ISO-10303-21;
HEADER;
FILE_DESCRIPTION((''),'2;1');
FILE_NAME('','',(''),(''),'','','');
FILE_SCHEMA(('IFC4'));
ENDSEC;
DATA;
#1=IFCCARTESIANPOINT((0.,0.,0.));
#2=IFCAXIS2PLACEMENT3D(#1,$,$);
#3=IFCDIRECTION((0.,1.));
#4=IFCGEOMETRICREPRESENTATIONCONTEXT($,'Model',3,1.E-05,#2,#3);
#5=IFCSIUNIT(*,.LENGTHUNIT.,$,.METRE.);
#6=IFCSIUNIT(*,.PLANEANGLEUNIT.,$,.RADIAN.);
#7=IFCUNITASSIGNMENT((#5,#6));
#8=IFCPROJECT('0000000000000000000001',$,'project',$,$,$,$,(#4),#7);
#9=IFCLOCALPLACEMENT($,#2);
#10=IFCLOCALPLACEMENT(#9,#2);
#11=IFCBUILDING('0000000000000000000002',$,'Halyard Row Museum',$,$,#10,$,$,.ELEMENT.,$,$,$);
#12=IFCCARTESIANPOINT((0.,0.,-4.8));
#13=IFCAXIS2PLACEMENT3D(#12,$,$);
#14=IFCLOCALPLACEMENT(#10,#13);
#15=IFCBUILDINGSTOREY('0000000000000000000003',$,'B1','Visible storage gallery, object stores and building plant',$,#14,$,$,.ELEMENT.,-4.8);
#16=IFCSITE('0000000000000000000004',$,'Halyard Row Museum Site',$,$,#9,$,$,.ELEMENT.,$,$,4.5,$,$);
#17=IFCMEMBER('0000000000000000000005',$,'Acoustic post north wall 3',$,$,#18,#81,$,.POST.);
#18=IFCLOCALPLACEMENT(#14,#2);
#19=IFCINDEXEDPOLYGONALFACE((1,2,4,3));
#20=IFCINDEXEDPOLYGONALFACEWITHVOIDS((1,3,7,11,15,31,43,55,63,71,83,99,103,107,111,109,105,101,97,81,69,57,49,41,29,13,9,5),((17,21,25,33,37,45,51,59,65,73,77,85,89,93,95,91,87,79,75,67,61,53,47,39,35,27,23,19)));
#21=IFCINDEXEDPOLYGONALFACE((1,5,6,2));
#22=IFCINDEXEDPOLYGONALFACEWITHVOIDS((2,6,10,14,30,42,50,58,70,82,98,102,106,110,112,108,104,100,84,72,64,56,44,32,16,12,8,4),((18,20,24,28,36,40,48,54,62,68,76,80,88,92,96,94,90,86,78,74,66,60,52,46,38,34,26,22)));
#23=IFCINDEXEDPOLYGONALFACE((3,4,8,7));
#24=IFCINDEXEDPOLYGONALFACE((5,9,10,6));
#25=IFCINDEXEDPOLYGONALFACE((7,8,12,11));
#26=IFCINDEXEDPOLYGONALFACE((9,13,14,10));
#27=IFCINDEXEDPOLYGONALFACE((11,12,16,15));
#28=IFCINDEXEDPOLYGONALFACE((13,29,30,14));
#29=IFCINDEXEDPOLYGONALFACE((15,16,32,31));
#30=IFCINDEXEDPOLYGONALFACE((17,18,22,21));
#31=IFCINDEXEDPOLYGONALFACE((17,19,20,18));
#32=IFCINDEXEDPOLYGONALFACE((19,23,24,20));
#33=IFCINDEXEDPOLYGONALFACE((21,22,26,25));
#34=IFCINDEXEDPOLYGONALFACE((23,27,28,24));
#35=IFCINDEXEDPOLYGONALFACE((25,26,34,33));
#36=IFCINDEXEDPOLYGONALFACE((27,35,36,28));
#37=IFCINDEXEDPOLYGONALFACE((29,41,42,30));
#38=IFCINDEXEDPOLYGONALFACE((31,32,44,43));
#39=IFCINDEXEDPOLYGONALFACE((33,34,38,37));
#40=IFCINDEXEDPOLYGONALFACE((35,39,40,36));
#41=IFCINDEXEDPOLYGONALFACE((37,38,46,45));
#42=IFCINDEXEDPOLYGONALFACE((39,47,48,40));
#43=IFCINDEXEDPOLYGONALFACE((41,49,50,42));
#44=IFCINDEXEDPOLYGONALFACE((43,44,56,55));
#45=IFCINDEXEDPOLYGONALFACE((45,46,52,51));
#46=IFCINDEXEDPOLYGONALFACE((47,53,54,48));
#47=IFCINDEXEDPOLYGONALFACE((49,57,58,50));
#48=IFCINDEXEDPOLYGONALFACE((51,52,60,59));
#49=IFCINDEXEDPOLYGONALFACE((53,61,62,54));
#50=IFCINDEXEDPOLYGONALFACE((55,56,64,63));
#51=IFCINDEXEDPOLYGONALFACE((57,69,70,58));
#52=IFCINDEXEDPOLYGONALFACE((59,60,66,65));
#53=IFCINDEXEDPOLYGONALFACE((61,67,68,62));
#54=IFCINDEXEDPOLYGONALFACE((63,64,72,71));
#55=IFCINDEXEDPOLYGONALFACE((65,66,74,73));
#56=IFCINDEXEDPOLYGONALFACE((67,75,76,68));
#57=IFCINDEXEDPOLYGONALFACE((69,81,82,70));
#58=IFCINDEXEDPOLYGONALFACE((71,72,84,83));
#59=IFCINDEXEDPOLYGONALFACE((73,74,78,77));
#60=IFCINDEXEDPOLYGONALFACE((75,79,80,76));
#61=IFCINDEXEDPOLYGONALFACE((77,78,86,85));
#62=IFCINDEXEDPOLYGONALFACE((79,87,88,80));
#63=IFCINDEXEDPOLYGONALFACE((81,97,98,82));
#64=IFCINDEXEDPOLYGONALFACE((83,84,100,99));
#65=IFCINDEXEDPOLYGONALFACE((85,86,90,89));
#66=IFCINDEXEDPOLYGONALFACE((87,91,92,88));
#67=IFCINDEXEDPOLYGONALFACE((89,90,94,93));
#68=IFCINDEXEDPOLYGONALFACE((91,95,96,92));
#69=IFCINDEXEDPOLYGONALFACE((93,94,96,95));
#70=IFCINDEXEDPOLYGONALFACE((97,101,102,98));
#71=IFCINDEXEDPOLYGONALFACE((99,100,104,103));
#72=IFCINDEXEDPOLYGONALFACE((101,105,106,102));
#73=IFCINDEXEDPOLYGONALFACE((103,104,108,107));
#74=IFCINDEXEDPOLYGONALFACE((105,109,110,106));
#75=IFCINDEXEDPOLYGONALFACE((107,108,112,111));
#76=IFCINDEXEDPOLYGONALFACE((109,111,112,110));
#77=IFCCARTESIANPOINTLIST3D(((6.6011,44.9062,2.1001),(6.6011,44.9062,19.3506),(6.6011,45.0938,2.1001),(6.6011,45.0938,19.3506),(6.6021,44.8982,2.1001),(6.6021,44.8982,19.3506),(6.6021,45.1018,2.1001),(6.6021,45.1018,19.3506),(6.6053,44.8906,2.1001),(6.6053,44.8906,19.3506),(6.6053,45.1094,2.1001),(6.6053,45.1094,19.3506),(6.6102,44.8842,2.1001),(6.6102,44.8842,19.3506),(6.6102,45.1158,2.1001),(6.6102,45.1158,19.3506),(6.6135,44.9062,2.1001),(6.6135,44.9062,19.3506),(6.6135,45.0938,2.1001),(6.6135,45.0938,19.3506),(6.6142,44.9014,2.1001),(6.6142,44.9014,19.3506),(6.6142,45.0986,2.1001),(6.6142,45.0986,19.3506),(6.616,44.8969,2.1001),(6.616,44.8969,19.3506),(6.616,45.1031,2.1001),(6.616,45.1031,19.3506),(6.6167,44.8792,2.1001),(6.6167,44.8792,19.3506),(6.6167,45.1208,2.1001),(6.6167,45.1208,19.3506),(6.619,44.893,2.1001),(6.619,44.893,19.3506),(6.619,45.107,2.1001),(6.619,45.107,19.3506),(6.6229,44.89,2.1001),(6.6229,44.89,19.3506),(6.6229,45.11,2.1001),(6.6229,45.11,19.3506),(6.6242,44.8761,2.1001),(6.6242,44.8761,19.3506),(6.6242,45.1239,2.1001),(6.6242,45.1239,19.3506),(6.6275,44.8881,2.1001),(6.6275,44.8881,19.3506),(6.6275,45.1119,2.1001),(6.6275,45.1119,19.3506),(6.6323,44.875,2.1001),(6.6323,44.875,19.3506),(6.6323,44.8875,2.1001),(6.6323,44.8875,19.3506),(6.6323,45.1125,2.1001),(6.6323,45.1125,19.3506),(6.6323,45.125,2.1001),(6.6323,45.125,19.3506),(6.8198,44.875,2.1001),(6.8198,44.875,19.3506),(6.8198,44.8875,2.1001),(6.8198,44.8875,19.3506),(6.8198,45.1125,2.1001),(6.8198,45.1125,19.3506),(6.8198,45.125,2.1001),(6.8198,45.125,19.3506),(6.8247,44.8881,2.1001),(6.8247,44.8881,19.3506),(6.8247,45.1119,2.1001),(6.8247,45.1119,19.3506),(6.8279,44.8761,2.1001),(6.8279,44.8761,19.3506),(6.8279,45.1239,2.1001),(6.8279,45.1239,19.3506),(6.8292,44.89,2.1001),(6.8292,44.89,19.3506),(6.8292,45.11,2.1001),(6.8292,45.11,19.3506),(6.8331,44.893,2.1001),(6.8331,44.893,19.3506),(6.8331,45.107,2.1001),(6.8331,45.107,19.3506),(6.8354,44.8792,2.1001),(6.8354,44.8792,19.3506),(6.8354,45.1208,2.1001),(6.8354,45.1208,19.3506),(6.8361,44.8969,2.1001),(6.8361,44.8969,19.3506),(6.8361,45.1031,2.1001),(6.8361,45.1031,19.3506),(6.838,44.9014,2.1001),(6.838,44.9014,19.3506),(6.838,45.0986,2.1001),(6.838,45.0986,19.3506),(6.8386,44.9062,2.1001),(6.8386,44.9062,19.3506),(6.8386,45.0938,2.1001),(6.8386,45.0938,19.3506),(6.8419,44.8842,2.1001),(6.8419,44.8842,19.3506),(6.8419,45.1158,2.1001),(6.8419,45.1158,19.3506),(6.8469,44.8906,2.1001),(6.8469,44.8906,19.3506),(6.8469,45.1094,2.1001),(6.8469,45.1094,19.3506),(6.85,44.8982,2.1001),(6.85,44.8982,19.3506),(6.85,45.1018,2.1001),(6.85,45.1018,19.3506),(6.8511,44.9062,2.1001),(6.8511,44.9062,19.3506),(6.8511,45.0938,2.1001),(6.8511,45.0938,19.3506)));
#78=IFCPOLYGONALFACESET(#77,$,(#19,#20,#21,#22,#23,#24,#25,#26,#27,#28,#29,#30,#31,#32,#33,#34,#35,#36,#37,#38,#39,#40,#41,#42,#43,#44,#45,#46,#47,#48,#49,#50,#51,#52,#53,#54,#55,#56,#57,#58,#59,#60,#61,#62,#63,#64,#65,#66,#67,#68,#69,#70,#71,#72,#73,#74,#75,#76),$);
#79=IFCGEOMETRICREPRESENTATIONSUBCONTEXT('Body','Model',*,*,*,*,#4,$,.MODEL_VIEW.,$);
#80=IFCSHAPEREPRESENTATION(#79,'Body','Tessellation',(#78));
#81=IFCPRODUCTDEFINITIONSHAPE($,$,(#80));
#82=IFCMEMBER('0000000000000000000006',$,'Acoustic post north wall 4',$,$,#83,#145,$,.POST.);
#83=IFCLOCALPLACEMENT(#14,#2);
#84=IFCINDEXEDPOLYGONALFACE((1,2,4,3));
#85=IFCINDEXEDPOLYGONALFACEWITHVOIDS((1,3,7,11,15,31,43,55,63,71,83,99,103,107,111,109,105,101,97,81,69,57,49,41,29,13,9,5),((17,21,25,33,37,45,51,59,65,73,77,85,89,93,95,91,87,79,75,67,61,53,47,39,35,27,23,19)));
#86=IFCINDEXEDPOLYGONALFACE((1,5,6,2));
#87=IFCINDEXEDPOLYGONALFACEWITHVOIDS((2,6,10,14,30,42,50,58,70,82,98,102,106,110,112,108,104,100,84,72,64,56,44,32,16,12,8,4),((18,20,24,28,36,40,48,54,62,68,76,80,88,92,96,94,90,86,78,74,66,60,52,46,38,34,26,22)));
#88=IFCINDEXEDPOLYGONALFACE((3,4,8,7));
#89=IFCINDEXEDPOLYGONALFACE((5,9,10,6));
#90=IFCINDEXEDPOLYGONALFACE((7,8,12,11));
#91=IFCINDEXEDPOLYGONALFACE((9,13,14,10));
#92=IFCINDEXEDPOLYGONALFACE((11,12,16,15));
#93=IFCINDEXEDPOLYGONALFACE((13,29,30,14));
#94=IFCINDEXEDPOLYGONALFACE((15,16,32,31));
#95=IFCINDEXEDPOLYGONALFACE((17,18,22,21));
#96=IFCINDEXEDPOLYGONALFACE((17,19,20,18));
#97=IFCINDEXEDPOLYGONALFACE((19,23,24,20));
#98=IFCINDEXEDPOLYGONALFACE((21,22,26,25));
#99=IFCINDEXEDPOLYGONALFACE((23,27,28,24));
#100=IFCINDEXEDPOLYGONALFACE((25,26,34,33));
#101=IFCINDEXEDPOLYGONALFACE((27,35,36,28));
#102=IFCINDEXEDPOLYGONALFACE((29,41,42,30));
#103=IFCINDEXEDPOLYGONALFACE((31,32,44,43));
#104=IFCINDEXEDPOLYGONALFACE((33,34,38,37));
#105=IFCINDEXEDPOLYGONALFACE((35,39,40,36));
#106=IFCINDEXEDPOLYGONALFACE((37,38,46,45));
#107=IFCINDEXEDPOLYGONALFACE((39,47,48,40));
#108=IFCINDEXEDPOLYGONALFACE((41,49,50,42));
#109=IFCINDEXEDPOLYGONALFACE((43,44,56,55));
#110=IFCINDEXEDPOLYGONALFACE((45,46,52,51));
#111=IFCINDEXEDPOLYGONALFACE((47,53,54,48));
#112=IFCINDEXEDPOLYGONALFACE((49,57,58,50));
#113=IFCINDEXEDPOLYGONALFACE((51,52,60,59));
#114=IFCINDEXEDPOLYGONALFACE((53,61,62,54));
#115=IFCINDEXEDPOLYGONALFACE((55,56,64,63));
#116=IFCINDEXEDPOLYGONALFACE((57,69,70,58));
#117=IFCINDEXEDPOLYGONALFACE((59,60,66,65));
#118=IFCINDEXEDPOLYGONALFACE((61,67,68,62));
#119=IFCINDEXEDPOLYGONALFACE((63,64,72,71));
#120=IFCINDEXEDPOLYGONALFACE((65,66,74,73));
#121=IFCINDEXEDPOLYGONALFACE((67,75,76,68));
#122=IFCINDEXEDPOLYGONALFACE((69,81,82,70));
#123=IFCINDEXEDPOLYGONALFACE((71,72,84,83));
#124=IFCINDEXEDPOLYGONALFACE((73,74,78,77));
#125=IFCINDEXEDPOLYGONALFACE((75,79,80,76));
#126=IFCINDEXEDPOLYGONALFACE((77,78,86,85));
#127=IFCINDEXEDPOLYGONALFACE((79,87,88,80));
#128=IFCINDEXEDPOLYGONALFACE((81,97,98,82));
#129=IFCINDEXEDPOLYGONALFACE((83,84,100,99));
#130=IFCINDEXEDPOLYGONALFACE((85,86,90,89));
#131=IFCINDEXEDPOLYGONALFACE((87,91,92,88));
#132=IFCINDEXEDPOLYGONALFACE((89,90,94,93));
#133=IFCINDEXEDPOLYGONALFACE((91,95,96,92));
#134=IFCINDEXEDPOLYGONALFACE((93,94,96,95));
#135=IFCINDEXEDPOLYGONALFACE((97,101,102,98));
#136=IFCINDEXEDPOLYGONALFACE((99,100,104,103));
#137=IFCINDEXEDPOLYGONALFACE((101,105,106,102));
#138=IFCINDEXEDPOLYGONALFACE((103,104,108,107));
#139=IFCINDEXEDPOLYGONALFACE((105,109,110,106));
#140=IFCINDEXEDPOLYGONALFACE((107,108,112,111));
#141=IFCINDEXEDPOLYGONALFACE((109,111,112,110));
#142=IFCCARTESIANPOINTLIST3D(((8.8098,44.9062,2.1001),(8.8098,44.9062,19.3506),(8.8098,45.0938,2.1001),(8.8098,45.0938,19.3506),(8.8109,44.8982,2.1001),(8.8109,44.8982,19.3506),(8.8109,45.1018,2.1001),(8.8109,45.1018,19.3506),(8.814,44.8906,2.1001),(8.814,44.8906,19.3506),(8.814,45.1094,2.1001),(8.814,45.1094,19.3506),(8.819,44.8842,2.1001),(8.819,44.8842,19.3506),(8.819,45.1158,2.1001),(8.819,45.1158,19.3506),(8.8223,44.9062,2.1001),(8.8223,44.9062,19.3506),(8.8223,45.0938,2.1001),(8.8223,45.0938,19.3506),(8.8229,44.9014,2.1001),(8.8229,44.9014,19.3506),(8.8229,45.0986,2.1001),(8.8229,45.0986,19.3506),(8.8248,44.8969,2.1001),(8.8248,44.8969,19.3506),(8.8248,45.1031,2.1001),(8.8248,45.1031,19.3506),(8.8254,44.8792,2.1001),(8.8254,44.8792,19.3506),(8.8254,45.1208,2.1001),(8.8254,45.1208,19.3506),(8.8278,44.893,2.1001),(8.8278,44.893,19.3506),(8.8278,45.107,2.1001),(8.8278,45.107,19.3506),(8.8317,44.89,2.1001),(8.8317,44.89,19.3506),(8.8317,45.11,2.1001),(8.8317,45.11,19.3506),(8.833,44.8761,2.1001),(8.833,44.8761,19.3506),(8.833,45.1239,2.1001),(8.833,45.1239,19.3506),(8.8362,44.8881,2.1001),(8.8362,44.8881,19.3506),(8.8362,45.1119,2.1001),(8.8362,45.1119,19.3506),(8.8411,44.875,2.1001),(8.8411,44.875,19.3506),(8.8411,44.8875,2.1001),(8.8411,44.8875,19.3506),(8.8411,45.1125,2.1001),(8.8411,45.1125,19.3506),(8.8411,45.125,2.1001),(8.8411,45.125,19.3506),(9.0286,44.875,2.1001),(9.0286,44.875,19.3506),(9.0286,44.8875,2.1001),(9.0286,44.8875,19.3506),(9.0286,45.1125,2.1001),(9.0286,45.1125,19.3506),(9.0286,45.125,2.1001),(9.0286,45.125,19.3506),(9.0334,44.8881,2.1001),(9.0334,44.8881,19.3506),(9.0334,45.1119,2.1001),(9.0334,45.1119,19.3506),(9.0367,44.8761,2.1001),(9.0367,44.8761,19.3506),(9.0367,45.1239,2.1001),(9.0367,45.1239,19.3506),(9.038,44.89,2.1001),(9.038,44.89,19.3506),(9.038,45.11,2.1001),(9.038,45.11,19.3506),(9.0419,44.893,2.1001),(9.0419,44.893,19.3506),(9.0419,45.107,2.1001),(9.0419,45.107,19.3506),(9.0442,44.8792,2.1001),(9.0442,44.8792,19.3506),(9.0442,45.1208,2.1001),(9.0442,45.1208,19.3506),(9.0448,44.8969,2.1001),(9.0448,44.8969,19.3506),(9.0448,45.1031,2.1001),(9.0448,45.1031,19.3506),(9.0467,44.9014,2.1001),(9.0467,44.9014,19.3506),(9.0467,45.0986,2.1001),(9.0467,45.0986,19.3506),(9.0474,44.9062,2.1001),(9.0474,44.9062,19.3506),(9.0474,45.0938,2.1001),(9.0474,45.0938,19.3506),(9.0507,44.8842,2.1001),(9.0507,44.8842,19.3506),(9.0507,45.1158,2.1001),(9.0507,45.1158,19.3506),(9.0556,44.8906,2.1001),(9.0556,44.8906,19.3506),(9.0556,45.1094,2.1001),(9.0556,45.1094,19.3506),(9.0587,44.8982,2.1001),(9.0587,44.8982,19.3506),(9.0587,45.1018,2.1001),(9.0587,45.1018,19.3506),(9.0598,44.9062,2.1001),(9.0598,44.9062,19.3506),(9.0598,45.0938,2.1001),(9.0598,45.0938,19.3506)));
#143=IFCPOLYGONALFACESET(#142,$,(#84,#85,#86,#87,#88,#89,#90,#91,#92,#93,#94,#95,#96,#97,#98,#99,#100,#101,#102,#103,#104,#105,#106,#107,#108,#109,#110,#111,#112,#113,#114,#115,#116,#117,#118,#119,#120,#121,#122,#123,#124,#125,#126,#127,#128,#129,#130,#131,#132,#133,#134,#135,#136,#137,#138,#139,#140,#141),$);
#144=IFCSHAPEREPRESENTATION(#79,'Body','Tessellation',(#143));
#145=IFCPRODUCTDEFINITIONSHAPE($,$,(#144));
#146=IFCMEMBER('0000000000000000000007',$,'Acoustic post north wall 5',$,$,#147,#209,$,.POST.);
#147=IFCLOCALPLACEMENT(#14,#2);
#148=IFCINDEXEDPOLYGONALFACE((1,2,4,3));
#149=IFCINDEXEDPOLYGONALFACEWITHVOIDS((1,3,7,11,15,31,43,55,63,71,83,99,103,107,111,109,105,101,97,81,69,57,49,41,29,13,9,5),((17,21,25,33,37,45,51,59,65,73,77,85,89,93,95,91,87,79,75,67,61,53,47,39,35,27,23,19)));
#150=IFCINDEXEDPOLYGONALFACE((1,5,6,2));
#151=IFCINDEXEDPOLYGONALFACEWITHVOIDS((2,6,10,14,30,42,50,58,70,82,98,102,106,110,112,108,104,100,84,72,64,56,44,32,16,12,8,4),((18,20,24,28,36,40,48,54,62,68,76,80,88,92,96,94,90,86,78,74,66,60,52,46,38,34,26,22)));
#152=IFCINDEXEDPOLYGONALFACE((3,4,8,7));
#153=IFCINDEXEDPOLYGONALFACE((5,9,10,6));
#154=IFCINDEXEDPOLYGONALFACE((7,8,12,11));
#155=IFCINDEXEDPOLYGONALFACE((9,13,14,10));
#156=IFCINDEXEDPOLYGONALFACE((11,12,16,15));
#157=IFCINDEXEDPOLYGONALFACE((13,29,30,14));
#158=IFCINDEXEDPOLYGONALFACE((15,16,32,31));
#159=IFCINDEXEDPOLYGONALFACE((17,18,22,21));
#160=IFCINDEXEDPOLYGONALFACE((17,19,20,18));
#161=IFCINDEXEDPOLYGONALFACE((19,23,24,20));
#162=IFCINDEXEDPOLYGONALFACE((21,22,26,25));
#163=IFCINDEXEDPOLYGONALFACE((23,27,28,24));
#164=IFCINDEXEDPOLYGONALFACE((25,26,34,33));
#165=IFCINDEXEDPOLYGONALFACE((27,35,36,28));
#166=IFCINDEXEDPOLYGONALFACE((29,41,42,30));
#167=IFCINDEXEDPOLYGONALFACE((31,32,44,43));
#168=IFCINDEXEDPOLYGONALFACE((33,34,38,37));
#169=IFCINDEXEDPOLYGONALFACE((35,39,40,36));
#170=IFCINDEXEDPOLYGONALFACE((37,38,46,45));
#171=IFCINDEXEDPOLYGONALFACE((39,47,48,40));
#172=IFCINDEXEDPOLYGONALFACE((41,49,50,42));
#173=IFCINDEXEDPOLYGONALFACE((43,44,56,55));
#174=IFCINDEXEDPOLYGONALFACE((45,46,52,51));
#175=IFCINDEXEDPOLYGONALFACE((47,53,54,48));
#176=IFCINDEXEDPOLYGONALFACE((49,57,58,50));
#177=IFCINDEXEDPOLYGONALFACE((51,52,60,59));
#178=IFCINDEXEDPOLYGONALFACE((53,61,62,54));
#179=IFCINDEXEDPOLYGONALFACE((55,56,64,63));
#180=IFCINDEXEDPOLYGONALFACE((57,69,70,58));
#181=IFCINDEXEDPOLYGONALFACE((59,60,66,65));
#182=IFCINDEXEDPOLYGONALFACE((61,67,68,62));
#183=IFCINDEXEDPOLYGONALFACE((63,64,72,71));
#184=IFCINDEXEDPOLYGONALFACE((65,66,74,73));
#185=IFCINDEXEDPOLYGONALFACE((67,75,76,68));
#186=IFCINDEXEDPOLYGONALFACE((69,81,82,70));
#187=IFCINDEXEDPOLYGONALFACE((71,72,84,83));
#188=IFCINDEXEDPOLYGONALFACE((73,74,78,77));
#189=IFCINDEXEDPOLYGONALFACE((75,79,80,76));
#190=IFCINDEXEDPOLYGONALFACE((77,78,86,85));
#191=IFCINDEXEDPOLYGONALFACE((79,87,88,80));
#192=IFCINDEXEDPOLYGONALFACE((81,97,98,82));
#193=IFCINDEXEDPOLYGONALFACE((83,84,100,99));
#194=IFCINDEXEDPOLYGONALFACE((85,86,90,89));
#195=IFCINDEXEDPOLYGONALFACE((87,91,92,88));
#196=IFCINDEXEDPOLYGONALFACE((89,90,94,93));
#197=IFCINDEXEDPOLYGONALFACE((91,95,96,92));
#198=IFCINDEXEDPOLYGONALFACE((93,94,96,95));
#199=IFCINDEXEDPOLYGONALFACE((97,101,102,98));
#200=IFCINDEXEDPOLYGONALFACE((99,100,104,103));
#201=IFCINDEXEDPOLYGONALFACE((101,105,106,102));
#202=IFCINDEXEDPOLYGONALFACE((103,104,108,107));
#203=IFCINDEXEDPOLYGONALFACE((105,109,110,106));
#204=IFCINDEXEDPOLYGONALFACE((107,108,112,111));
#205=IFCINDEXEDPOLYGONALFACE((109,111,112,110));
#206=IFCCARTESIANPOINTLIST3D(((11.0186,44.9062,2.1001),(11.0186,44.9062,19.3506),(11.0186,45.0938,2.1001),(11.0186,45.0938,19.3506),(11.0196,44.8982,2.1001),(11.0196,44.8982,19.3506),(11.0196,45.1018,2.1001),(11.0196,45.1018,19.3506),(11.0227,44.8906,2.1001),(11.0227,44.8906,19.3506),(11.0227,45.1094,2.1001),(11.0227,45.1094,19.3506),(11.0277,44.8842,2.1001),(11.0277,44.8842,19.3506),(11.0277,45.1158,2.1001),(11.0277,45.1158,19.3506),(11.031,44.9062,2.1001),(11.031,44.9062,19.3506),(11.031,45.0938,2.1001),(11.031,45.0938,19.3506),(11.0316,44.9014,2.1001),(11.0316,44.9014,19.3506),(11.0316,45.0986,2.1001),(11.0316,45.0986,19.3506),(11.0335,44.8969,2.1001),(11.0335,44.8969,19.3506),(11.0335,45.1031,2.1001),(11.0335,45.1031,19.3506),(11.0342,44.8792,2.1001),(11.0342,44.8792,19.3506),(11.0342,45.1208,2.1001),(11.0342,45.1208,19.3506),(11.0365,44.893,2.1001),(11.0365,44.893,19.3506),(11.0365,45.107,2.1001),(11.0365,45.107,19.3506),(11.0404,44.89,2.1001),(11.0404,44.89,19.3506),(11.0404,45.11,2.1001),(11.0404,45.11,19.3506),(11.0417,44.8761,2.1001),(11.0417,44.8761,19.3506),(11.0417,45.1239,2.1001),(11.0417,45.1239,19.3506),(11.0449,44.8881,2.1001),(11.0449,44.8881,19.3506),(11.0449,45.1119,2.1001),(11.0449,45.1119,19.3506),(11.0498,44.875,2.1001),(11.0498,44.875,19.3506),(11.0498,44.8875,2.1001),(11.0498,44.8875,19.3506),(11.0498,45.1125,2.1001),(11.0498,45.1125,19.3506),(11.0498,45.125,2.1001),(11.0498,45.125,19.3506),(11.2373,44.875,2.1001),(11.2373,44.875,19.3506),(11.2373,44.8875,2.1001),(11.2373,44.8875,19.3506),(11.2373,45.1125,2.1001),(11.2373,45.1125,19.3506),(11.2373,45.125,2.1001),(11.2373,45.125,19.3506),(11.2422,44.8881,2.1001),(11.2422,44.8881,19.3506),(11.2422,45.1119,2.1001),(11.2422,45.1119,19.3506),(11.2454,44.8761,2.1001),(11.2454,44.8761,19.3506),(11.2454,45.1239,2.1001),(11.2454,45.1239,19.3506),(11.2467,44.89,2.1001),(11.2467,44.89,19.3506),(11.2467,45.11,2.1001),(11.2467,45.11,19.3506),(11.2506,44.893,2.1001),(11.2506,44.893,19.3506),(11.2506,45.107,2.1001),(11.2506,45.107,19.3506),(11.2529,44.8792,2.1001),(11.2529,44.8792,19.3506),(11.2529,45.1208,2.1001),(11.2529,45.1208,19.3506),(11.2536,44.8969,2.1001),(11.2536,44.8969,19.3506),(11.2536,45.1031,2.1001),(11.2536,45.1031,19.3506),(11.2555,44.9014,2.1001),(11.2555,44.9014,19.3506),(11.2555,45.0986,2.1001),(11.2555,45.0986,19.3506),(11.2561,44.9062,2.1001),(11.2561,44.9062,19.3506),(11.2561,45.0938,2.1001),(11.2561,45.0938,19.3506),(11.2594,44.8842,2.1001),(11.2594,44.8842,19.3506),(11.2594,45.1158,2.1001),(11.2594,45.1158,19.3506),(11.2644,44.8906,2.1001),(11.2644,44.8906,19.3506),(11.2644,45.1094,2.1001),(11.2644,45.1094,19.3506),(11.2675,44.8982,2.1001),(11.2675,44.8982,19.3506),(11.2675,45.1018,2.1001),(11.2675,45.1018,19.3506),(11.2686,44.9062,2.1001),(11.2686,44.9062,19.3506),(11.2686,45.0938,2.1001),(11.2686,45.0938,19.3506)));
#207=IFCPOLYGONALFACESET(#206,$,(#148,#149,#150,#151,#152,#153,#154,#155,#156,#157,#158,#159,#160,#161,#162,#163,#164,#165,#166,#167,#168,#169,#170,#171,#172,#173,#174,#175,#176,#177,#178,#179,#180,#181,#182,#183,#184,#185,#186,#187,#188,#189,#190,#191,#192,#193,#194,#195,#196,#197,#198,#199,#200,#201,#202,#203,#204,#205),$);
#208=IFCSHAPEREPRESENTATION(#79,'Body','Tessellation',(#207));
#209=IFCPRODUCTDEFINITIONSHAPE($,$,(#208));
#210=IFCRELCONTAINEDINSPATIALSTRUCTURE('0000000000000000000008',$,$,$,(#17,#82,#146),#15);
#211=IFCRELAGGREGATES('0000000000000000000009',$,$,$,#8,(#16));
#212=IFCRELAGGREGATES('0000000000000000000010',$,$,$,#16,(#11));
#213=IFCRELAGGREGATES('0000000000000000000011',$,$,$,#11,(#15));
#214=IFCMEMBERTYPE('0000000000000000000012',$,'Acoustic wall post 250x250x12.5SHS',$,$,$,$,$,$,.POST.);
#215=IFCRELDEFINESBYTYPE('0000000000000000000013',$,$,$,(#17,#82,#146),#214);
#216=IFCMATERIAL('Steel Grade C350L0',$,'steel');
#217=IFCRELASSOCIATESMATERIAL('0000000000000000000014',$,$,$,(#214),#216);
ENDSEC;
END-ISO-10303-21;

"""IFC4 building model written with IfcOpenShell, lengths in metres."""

from ifc_helpers import new_model, si_unit, direction, frame, origin, origin_2d, place, context, subcontext, project, spatial, hollow_rectangle, extrude, material, material_profile, profile_set, type_object, element, save


model = new_model("IFC4")

# Units and contexts
model_context = context("Model", 3, precision=1e-05, world=origin(), true_north=direction((0.0, 1.0)))
body_context = subcontext(model_context, "Body", "Model", "MODEL_VIEW")
ifc_project = project(units=[si_unit("LENGTHUNIT", "METRE"), si_unit("PLANEANGLEUNIT", "RADIAN")], contexts=[model_context])

# Site, building, storey
site_placement = place(None, origin())
site = spatial("IfcSite", under=ifc_project, at=site_placement, Name="Halyard Row Museum Site", CompositionType="ELEMENT", RefElevation=4.5)
building_placement = place(site_placement, origin())
building = spatial("IfcBuilding", under=site, at=building_placement, Name="Halyard Row Museum", CompositionType="ELEMENT")
storey_placement = place(building_placement, frame((0.0, 0.0, -4.8)))
storey = spatial("IfcBuildingStorey", under=building, at=storey_placement, Name="B1", Description="Visible storage gallery, object stores and building plant", CompositionType="ELEMENT", Elevation=-4.8)

# Members
ifc_material_1 = material(Name="Steel Grade C350L0", Category="steel")
ifc_material_profile_1 = material_profile(ifc_material_1, hollow_rectangle(XDim=0.25, YDim=0.25, WallThickness=0.0125, InnerFilletRadius=0.0188, OuterFilletRadius=0.0312, at=origin_2d()), Name="250x250x12.5SHS")
ifc_profile_set_1 = profile_set([ifc_material_profile_1], Name="Steel Grade C350L0")
member_type = type_object("IfcMemberType", Name="Acoustic wall post 250x250x12.5SHS", PredefinedType="POST", material=ifc_profile_set_1)
for number, where, z_axis, x_axis, name in (
    (1, (6.7261, 45.0, 2.1001), (0.0, 0.0, 1.0), (1.0, 0.0, 0.0), "Acoustic post north wall 3"),
    (2, (8.9348, 45.0, 2.1001), (0.0, 0.0, 1.0), (1.0, 0.0, 0.0), "Acoustic post north wall 4"),
    (3, (11.1436, 45.0, 2.1001), (0.0, 0.0, 1.0), (1.0, 0.0, 0.0), "Acoustic post north wall 5"),
):
    element("IfcMember", number, at=place(storey_placement, frame(where, z_axis=z_axis, x_axis=x_axis)), inside=storey, type_object=member_type, Name=name, PredefinedType="POST", context=body_context, shape_type="SweptSolid", body=[
        extrude(hollow_rectangle(XDim=0.25, YDim=0.25, WallThickness=0.0125, InnerFilletRadius=0.0188, OuterFilletRadius=0.0312, at=origin_2d()), origin(), (0.0, 0.0, 1.0), 17.2505),
    ])

save(model, "model.ifc")
